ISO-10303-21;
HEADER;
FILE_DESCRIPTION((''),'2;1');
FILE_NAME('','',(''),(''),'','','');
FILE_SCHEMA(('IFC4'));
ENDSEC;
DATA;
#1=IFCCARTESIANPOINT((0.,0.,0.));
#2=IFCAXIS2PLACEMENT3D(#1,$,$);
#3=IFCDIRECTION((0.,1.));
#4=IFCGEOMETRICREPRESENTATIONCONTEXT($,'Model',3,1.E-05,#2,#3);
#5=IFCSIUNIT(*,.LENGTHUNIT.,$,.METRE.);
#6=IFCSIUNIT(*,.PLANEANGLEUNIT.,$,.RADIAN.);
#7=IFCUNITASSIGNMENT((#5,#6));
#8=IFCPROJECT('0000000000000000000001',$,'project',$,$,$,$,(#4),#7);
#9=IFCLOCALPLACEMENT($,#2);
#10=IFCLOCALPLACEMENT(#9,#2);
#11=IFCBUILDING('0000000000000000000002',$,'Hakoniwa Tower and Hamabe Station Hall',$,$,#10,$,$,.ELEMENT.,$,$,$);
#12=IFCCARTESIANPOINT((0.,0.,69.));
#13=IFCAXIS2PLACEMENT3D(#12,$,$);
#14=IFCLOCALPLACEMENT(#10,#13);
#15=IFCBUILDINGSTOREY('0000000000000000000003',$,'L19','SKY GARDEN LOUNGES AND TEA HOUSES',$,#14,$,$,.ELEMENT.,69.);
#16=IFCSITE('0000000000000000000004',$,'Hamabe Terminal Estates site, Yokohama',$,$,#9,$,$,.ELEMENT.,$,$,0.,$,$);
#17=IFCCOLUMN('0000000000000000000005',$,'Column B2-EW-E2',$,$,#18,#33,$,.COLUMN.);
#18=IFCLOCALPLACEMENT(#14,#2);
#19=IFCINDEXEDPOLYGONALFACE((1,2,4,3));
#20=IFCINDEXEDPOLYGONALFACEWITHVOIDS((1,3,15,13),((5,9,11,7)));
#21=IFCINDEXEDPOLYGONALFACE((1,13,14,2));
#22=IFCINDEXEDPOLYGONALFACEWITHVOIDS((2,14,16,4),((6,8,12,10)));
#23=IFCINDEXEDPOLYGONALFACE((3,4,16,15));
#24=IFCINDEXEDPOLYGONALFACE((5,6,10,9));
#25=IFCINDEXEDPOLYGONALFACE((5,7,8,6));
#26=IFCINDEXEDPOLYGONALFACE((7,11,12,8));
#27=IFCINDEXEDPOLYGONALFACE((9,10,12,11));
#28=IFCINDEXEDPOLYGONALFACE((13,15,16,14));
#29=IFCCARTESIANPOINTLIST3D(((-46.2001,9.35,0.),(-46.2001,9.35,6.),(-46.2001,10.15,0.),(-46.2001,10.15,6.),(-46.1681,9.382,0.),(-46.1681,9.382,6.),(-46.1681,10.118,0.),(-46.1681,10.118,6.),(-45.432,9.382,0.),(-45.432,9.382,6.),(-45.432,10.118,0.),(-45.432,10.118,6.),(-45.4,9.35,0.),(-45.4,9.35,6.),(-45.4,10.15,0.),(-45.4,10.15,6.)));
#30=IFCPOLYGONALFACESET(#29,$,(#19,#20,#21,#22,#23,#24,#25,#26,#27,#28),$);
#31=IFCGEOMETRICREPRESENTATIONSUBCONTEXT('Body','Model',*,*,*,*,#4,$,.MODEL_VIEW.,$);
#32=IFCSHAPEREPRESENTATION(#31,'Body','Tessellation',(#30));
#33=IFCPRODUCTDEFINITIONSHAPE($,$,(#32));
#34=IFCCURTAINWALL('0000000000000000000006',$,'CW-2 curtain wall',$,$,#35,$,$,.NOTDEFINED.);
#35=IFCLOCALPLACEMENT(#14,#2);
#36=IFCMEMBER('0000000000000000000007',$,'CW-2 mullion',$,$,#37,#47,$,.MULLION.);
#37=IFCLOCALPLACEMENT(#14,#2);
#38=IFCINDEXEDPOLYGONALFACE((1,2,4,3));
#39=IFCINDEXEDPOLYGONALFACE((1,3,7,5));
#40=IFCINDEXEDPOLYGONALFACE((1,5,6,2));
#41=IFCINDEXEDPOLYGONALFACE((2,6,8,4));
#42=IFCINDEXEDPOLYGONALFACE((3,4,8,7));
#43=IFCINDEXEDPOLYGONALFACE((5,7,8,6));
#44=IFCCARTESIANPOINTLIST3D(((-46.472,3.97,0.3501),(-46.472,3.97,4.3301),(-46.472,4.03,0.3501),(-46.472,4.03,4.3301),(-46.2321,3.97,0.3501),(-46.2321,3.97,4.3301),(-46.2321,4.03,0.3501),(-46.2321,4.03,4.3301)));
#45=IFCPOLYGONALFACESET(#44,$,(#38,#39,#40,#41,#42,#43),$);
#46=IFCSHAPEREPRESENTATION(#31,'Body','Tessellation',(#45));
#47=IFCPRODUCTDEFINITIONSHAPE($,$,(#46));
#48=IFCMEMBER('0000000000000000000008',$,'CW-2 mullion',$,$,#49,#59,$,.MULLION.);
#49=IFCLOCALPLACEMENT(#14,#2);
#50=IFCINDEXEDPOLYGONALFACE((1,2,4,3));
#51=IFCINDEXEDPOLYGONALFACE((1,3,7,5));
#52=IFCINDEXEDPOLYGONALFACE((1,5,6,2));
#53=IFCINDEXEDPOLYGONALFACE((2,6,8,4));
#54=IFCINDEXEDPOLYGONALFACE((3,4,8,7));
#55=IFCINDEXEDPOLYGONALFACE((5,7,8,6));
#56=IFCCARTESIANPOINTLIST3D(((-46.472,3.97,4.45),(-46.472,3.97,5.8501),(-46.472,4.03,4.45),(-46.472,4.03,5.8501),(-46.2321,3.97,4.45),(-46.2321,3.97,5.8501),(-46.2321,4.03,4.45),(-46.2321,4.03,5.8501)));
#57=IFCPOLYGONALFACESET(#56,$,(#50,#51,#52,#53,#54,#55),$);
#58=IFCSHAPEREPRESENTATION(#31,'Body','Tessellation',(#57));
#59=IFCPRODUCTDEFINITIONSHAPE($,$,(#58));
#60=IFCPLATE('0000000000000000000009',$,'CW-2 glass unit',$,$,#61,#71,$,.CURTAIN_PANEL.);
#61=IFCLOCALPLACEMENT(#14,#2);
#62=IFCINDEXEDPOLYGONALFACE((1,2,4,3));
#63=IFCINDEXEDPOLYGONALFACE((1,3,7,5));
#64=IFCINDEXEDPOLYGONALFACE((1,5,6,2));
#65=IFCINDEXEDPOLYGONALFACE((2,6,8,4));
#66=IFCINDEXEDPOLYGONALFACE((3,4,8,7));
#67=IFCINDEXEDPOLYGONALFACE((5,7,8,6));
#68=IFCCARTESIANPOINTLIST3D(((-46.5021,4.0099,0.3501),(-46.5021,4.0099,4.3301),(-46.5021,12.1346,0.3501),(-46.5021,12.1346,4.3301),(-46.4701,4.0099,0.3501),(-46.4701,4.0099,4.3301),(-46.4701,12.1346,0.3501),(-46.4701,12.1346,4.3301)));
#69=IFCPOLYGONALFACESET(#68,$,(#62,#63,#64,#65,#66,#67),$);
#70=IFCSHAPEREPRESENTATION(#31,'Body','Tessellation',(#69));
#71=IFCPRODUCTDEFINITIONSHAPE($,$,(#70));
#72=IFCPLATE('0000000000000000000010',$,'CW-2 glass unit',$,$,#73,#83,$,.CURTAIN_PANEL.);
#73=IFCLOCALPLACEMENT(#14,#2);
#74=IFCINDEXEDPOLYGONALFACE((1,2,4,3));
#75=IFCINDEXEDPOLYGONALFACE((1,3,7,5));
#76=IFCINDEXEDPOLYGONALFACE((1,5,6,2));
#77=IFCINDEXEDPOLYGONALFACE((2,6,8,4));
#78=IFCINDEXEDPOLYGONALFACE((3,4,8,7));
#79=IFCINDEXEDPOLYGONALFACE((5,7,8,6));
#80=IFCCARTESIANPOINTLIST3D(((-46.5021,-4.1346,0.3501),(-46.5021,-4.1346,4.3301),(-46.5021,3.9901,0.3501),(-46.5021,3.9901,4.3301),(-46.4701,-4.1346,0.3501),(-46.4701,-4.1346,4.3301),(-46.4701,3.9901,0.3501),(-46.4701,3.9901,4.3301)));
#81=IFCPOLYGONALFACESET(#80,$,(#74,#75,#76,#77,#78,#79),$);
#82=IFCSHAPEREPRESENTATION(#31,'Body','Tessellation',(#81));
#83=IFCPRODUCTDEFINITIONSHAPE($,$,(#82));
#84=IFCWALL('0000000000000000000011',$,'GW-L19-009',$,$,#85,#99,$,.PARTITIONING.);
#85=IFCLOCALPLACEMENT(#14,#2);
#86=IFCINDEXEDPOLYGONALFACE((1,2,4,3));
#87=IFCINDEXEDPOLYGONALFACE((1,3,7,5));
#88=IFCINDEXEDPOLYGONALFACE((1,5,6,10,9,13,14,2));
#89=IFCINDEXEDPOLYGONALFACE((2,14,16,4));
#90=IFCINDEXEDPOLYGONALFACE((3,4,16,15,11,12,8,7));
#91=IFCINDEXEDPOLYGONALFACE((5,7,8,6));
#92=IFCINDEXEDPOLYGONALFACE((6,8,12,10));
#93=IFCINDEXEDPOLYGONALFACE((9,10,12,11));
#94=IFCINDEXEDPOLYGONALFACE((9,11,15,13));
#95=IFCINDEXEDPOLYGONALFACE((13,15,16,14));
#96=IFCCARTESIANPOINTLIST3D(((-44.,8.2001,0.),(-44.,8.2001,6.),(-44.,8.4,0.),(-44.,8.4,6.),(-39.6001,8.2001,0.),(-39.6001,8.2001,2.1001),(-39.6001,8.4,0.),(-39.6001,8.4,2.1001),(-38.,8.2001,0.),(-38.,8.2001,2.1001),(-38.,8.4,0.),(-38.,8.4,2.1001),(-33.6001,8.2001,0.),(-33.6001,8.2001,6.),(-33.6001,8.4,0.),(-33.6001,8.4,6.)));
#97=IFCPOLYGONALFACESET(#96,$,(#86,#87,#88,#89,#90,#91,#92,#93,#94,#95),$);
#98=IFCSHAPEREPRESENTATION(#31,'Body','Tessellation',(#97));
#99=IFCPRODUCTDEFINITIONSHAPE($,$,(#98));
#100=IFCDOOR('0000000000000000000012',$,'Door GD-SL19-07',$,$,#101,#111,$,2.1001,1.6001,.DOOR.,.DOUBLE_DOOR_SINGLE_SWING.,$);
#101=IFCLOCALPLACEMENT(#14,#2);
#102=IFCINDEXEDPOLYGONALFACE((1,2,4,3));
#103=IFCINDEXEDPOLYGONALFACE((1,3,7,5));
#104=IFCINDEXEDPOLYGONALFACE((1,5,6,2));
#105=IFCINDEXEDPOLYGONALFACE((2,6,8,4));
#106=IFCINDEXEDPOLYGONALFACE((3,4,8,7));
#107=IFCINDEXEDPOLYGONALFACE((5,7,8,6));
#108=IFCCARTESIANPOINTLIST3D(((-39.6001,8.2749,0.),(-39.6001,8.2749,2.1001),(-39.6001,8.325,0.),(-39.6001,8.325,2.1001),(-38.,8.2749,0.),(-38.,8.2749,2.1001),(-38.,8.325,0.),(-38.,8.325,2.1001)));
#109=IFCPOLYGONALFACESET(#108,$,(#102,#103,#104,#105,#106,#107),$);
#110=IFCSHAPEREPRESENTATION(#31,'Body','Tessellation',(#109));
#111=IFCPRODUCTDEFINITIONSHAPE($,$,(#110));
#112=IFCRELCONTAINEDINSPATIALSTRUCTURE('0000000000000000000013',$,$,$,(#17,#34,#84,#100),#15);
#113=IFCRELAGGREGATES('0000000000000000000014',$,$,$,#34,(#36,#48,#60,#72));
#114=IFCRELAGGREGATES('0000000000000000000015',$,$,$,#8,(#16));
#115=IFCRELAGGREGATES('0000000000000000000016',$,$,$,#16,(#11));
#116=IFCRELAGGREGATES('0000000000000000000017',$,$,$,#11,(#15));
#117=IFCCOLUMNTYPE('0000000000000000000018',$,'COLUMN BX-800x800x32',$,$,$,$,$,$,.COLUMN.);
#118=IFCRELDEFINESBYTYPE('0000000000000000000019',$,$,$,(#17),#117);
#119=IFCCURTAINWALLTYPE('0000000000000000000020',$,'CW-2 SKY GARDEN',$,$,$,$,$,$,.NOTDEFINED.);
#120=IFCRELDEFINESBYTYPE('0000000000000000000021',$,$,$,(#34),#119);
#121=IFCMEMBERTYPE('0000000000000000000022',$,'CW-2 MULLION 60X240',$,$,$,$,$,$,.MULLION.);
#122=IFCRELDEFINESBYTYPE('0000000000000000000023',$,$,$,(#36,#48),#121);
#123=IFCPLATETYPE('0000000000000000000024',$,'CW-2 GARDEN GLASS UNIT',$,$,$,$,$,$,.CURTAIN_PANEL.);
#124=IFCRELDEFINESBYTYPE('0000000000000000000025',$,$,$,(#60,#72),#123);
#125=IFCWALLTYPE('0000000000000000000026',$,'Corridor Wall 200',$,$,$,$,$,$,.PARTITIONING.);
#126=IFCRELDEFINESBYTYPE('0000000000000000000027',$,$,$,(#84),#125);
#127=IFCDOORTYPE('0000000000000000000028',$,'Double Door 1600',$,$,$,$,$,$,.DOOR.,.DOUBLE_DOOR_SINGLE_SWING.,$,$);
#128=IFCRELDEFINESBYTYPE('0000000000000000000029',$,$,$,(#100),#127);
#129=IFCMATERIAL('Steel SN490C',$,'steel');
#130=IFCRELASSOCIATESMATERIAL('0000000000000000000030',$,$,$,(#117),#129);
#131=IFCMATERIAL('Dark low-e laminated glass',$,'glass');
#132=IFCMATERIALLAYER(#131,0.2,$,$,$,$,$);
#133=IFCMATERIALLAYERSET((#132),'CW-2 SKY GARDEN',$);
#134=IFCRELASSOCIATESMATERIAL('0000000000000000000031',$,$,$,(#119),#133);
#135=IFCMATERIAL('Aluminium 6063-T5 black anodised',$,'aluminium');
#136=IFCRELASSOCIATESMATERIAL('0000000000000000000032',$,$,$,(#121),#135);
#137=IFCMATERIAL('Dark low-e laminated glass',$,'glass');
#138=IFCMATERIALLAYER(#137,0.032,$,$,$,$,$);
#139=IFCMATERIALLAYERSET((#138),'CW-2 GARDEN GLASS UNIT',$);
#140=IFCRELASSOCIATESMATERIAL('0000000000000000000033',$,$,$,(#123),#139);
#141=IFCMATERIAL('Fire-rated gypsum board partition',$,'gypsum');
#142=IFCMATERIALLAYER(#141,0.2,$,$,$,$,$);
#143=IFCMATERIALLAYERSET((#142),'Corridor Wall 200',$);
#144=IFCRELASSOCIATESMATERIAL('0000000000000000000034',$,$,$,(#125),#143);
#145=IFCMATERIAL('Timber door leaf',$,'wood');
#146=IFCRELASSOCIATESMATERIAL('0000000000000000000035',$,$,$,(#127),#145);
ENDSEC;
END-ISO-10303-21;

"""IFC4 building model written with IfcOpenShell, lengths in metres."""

from ifc_helpers import new_model, si_unit, direction, frame, frame_2d, origin, origin_2d, place, context, subcontext, project, spatial, rectangle, hollow_rectangle, extrude, material, layer, layer_set, material_profile, profile_set, type_object, element, fill, aggregate, save


model = new_model("IFC4")

# Units and contexts
model_context = context("Model", 3, precision=1e-05, world=origin(), true_north=direction((0.0, 1.0)))
body_context = subcontext(model_context, "Body", "Model", "MODEL_VIEW")
ifc_project = project(units=[si_unit("LENGTHUNIT", "METRE"), si_unit("PLANEANGLEUNIT", "RADIAN")], contexts=[model_context])

# Site, building, storey
site_placement = place(None, origin())
site = spatial("IfcSite", under=ifc_project, at=site_placement, Name="Hamabe Terminal Estates site, Yokohama", CompositionType="ELEMENT", RefElevation=0.0)
building_placement = place(site_placement, origin())
building = spatial("IfcBuilding", under=site, at=building_placement, Name="Hakoniwa Tower and Hamabe Station Hall", CompositionType="ELEMENT")
storey_placement = place(building_placement, frame((0.0, 0.0, 69.0)))
storey = spatial("IfcBuildingStorey", under=building, at=storey_placement, Name="L19", Description="SKY GARDEN LOUNGES AND TEA HOUSES", CompositionType="ELEMENT", Elevation=69.0)

# Column
ifc_material_1 = material(Name="Steel SN490C", Category="steel")
ifc_material_profile_1 = material_profile(ifc_material_1, hollow_rectangle(XDim=0.8, YDim=0.8, WallThickness=0.032, at=origin_2d()), Name="BX-800x800x32")
ifc_profile_set_1 = profile_set([ifc_material_profile_1], Name="Steel SN490C")
column_type = type_object("IfcColumnType", Name="COLUMN BX-800x800x32", PredefinedType="COLUMN", material=ifc_profile_set_1)
column_placement = place(storey_placement, frame((-45.8, 9.75, 0.0), z_axis=(0.0, 0.0, 1.0), x_axis=(1.0, 0.0, 0.0)))
element("IfcColumn", 1, at=column_placement, inside=storey, type_object=column_type, Name="Column B2-EW-E2", PredefinedType="COLUMN", context=body_context, shape_type="SweptSolid", body=[
    extrude(hollow_rectangle(XDim=0.8, YDim=0.8, WallThickness=0.032, at=origin_2d()), origin(), (0.0, 0.0, 1.0), 6.0),
])

# Curtain wall, members, plates
ifc_material_2 = material(Name="Dark low-e laminated glass", Category="glass")
ifc_layer_1 = layer(ifc_material_2, 0.2)
ifc_layer_set_1 = layer_set([ifc_layer_1], Name="CW-2 SKY GARDEN")
curtain_wall_type = type_object("IfcCurtainWallType", Name="CW-2 SKY GARDEN", PredefinedType="NOTDEFINED", material=ifc_layer_set_1)
curtain_wall_placement = place(storey_placement, origin())
curtain_wall = element("IfcCurtainWall", 2, at=curtain_wall_placement, inside=storey, type_object=curtain_wall_type, Name="CW-2 curtain wall", PredefinedType="NOTDEFINED")
ifc_material_3 = material(Name="Aluminium 6063-T5 black anodised", Category="aluminium")
ifc_material_profile_2 = material_profile(ifc_material_3, rectangle(XDim=0.0601, YDim=0.24, at=origin_2d()), Name="CW-2 MULLION 60X240")
ifc_profile_set_2 = profile_set([ifc_material_profile_2], Name="Aluminium 6063-T5 black anodised")
member_type = type_object("IfcMemberType", Name="CW-2 MULLION 60X240", PredefinedType="MULLION", material=ifc_profile_set_2)
member_1_placement = place(storey_placement, frame((-46.3521, 4.0, 0.3501), z_axis=(0.0, 0.0, 1.0), x_axis=(0.0, -1.0, 0.0)))
member_1 = element("IfcMember", 3, at=member_1_placement, type_object=member_type, Name="CW-2 mullion", PredefinedType="MULLION", context=body_context, shape_type="SweptSolid", body=[
    extrude(rectangle(XDim=0.0601, YDim=0.24, at=origin_2d()), origin(), (0.0, 0.0, 1.0), 3.98),
])
member_2_placement = place(storey_placement, frame((-46.3521, 4.0, 4.45), z_axis=(0.0, 0.0, 1.0), x_axis=(0.0, -1.0, 0.0)))
member_2 = element("IfcMember", 4, at=member_2_placement, type_object=member_type, Name="CW-2 mullion", PredefinedType="MULLION", context=body_context, shape_type="SweptSolid", body=[
    extrude(rectangle(XDim=0.0601, YDim=0.24, at=origin_2d()), origin(), (0.0, 0.0, 1.0), 1.4001),
])
ifc_material_4 = material(Name="Dark low-e laminated glass", Category="glass")
ifc_layer_2 = layer(ifc_material_4, 0.032)
ifc_layer_set_2 = layer_set([ifc_layer_2], Name="CW-2 GARDEN GLASS UNIT")
plate_type = type_object("IfcPlateType", Name="CW-2 GARDEN GLASS UNIT", PredefinedType="CURTAIN_PANEL", material=ifc_layer_set_2)
plate_1_placement = place(storey_placement, frame((-46.4861, 8.0723, 0.3501), z_axis=(0.0, 0.0, 1.0), x_axis=(0.0, -1.0, 0.0)))
plate_1 = element("IfcPlate", 5, at=plate_1_placement, type_object=plate_type, Name="CW-2 glass unit", PredefinedType="CURTAIN_PANEL", context=body_context, shape_type="SweptSolid", body=[
    extrude(rectangle(XDim=8.1248, YDim=0.032, at=origin_2d()), origin(), (0.0, 0.0, 1.0), 3.98),
])
plate_2_placement = place(storey_placement, frame((-46.4861, -0.0723, 0.3501), z_axis=(0.0, 0.0, 1.0), x_axis=(0.0, -1.0, 0.0)))
plate_2 = element("IfcPlate", 6, at=plate_2_placement, type_object=plate_type, Name="CW-2 glass unit", PredefinedType="CURTAIN_PANEL", context=body_context, shape_type="SweptSolid", body=[
    extrude(rectangle(XDim=8.1248, YDim=0.032, at=origin_2d()), origin(), (0.0, 0.0, 1.0), 3.98),
])

# Wall, opening, door
ifc_material_5 = material(Name="Fire-rated gypsum board partition", Category="gypsum")
ifc_layer_3 = layer(ifc_material_5, 0.2)
ifc_layer_set_3 = layer_set([ifc_layer_3], Name="Corridor Wall 200")
wall_type_1 = type_object("IfcWallType", Name="Corridor Wall 200", PredefinedType="PARTITIONING", material=ifc_layer_set_3)
wall_1_placement = place(storey_placement, frame((-44.0, 8.3, 0.0), z_axis=(0.0, 0.0, 1.0), x_axis=(1.0, 0.0, 0.0)))
wall_1 = element("IfcWall", 7, at=wall_1_placement, inside=storey, type_object=wall_type_1, Name="GW-L19-009", PredefinedType="PARTITIONING", context=body_context, shape_type="SweptSolid", body=[
    extrude(rectangle(XDim=10.3999, YDim=0.2, at=frame_2d((5.2, 0.0))), origin(), (0.0, 0.0, 1.0), 6.0),
])
opening_1_placement = place(wall_1_placement, frame((4.3999, 0.0, 0.0)))
opening_1 = element("IfcOpeningElement", 8, at=opening_1_placement, cuts=wall_1, PredefinedType="OPENING", context=body_context, shape_type="SweptSolid", body=[
    extrude(rectangle(XDim=1.6001, YDim=2.1001, at=frame_2d((0.8, 1.05))), frame((0.0, 0.1099, 0.0), z_axis=(0.0, -1.0, 0.0), x_axis=(1.0, 0.0, 0.0)), (0.0, 0.0, 1.0), 0.22),
])
ifc_material_6 = material(Name="Timber door leaf", Category="wood")
door_type_1 = type_object("IfcDoorType", Name="Double Door 1600", OperationType="DOUBLE_DOOR_SINGLE_SWING", PredefinedType="DOOR", material=ifc_material_6)
door_1_placement = place(opening_1_placement, origin())
door_1 = element("IfcDoor", 9, at=door_1_placement, inside=storey, type_object=door_type_1, Name="Door GD-SL19-07", OperationType="DOUBLE_DOOR_SINGLE_SWING", OverallHeight=2.1001, OverallWidth=1.6001, PredefinedType="DOOR", context=body_context, shape_type="SweptSolid", body=[
    extrude(rectangle(XDim=1.6001, YDim=2.1001, at=frame_2d((0.8, 1.05))), frame((0.0, 0.0249, 0.0), z_axis=(0.0, -1.0, 0.0), x_axis=(1.0, 0.0, 0.0)), (0.0, 0.0, 1.0), 0.05),
])
fill(opening_1, door_1)

aggregate(curtain_wall, [member_1, member_2, plate_1, plate_2])

save(model, "model.ifc")
